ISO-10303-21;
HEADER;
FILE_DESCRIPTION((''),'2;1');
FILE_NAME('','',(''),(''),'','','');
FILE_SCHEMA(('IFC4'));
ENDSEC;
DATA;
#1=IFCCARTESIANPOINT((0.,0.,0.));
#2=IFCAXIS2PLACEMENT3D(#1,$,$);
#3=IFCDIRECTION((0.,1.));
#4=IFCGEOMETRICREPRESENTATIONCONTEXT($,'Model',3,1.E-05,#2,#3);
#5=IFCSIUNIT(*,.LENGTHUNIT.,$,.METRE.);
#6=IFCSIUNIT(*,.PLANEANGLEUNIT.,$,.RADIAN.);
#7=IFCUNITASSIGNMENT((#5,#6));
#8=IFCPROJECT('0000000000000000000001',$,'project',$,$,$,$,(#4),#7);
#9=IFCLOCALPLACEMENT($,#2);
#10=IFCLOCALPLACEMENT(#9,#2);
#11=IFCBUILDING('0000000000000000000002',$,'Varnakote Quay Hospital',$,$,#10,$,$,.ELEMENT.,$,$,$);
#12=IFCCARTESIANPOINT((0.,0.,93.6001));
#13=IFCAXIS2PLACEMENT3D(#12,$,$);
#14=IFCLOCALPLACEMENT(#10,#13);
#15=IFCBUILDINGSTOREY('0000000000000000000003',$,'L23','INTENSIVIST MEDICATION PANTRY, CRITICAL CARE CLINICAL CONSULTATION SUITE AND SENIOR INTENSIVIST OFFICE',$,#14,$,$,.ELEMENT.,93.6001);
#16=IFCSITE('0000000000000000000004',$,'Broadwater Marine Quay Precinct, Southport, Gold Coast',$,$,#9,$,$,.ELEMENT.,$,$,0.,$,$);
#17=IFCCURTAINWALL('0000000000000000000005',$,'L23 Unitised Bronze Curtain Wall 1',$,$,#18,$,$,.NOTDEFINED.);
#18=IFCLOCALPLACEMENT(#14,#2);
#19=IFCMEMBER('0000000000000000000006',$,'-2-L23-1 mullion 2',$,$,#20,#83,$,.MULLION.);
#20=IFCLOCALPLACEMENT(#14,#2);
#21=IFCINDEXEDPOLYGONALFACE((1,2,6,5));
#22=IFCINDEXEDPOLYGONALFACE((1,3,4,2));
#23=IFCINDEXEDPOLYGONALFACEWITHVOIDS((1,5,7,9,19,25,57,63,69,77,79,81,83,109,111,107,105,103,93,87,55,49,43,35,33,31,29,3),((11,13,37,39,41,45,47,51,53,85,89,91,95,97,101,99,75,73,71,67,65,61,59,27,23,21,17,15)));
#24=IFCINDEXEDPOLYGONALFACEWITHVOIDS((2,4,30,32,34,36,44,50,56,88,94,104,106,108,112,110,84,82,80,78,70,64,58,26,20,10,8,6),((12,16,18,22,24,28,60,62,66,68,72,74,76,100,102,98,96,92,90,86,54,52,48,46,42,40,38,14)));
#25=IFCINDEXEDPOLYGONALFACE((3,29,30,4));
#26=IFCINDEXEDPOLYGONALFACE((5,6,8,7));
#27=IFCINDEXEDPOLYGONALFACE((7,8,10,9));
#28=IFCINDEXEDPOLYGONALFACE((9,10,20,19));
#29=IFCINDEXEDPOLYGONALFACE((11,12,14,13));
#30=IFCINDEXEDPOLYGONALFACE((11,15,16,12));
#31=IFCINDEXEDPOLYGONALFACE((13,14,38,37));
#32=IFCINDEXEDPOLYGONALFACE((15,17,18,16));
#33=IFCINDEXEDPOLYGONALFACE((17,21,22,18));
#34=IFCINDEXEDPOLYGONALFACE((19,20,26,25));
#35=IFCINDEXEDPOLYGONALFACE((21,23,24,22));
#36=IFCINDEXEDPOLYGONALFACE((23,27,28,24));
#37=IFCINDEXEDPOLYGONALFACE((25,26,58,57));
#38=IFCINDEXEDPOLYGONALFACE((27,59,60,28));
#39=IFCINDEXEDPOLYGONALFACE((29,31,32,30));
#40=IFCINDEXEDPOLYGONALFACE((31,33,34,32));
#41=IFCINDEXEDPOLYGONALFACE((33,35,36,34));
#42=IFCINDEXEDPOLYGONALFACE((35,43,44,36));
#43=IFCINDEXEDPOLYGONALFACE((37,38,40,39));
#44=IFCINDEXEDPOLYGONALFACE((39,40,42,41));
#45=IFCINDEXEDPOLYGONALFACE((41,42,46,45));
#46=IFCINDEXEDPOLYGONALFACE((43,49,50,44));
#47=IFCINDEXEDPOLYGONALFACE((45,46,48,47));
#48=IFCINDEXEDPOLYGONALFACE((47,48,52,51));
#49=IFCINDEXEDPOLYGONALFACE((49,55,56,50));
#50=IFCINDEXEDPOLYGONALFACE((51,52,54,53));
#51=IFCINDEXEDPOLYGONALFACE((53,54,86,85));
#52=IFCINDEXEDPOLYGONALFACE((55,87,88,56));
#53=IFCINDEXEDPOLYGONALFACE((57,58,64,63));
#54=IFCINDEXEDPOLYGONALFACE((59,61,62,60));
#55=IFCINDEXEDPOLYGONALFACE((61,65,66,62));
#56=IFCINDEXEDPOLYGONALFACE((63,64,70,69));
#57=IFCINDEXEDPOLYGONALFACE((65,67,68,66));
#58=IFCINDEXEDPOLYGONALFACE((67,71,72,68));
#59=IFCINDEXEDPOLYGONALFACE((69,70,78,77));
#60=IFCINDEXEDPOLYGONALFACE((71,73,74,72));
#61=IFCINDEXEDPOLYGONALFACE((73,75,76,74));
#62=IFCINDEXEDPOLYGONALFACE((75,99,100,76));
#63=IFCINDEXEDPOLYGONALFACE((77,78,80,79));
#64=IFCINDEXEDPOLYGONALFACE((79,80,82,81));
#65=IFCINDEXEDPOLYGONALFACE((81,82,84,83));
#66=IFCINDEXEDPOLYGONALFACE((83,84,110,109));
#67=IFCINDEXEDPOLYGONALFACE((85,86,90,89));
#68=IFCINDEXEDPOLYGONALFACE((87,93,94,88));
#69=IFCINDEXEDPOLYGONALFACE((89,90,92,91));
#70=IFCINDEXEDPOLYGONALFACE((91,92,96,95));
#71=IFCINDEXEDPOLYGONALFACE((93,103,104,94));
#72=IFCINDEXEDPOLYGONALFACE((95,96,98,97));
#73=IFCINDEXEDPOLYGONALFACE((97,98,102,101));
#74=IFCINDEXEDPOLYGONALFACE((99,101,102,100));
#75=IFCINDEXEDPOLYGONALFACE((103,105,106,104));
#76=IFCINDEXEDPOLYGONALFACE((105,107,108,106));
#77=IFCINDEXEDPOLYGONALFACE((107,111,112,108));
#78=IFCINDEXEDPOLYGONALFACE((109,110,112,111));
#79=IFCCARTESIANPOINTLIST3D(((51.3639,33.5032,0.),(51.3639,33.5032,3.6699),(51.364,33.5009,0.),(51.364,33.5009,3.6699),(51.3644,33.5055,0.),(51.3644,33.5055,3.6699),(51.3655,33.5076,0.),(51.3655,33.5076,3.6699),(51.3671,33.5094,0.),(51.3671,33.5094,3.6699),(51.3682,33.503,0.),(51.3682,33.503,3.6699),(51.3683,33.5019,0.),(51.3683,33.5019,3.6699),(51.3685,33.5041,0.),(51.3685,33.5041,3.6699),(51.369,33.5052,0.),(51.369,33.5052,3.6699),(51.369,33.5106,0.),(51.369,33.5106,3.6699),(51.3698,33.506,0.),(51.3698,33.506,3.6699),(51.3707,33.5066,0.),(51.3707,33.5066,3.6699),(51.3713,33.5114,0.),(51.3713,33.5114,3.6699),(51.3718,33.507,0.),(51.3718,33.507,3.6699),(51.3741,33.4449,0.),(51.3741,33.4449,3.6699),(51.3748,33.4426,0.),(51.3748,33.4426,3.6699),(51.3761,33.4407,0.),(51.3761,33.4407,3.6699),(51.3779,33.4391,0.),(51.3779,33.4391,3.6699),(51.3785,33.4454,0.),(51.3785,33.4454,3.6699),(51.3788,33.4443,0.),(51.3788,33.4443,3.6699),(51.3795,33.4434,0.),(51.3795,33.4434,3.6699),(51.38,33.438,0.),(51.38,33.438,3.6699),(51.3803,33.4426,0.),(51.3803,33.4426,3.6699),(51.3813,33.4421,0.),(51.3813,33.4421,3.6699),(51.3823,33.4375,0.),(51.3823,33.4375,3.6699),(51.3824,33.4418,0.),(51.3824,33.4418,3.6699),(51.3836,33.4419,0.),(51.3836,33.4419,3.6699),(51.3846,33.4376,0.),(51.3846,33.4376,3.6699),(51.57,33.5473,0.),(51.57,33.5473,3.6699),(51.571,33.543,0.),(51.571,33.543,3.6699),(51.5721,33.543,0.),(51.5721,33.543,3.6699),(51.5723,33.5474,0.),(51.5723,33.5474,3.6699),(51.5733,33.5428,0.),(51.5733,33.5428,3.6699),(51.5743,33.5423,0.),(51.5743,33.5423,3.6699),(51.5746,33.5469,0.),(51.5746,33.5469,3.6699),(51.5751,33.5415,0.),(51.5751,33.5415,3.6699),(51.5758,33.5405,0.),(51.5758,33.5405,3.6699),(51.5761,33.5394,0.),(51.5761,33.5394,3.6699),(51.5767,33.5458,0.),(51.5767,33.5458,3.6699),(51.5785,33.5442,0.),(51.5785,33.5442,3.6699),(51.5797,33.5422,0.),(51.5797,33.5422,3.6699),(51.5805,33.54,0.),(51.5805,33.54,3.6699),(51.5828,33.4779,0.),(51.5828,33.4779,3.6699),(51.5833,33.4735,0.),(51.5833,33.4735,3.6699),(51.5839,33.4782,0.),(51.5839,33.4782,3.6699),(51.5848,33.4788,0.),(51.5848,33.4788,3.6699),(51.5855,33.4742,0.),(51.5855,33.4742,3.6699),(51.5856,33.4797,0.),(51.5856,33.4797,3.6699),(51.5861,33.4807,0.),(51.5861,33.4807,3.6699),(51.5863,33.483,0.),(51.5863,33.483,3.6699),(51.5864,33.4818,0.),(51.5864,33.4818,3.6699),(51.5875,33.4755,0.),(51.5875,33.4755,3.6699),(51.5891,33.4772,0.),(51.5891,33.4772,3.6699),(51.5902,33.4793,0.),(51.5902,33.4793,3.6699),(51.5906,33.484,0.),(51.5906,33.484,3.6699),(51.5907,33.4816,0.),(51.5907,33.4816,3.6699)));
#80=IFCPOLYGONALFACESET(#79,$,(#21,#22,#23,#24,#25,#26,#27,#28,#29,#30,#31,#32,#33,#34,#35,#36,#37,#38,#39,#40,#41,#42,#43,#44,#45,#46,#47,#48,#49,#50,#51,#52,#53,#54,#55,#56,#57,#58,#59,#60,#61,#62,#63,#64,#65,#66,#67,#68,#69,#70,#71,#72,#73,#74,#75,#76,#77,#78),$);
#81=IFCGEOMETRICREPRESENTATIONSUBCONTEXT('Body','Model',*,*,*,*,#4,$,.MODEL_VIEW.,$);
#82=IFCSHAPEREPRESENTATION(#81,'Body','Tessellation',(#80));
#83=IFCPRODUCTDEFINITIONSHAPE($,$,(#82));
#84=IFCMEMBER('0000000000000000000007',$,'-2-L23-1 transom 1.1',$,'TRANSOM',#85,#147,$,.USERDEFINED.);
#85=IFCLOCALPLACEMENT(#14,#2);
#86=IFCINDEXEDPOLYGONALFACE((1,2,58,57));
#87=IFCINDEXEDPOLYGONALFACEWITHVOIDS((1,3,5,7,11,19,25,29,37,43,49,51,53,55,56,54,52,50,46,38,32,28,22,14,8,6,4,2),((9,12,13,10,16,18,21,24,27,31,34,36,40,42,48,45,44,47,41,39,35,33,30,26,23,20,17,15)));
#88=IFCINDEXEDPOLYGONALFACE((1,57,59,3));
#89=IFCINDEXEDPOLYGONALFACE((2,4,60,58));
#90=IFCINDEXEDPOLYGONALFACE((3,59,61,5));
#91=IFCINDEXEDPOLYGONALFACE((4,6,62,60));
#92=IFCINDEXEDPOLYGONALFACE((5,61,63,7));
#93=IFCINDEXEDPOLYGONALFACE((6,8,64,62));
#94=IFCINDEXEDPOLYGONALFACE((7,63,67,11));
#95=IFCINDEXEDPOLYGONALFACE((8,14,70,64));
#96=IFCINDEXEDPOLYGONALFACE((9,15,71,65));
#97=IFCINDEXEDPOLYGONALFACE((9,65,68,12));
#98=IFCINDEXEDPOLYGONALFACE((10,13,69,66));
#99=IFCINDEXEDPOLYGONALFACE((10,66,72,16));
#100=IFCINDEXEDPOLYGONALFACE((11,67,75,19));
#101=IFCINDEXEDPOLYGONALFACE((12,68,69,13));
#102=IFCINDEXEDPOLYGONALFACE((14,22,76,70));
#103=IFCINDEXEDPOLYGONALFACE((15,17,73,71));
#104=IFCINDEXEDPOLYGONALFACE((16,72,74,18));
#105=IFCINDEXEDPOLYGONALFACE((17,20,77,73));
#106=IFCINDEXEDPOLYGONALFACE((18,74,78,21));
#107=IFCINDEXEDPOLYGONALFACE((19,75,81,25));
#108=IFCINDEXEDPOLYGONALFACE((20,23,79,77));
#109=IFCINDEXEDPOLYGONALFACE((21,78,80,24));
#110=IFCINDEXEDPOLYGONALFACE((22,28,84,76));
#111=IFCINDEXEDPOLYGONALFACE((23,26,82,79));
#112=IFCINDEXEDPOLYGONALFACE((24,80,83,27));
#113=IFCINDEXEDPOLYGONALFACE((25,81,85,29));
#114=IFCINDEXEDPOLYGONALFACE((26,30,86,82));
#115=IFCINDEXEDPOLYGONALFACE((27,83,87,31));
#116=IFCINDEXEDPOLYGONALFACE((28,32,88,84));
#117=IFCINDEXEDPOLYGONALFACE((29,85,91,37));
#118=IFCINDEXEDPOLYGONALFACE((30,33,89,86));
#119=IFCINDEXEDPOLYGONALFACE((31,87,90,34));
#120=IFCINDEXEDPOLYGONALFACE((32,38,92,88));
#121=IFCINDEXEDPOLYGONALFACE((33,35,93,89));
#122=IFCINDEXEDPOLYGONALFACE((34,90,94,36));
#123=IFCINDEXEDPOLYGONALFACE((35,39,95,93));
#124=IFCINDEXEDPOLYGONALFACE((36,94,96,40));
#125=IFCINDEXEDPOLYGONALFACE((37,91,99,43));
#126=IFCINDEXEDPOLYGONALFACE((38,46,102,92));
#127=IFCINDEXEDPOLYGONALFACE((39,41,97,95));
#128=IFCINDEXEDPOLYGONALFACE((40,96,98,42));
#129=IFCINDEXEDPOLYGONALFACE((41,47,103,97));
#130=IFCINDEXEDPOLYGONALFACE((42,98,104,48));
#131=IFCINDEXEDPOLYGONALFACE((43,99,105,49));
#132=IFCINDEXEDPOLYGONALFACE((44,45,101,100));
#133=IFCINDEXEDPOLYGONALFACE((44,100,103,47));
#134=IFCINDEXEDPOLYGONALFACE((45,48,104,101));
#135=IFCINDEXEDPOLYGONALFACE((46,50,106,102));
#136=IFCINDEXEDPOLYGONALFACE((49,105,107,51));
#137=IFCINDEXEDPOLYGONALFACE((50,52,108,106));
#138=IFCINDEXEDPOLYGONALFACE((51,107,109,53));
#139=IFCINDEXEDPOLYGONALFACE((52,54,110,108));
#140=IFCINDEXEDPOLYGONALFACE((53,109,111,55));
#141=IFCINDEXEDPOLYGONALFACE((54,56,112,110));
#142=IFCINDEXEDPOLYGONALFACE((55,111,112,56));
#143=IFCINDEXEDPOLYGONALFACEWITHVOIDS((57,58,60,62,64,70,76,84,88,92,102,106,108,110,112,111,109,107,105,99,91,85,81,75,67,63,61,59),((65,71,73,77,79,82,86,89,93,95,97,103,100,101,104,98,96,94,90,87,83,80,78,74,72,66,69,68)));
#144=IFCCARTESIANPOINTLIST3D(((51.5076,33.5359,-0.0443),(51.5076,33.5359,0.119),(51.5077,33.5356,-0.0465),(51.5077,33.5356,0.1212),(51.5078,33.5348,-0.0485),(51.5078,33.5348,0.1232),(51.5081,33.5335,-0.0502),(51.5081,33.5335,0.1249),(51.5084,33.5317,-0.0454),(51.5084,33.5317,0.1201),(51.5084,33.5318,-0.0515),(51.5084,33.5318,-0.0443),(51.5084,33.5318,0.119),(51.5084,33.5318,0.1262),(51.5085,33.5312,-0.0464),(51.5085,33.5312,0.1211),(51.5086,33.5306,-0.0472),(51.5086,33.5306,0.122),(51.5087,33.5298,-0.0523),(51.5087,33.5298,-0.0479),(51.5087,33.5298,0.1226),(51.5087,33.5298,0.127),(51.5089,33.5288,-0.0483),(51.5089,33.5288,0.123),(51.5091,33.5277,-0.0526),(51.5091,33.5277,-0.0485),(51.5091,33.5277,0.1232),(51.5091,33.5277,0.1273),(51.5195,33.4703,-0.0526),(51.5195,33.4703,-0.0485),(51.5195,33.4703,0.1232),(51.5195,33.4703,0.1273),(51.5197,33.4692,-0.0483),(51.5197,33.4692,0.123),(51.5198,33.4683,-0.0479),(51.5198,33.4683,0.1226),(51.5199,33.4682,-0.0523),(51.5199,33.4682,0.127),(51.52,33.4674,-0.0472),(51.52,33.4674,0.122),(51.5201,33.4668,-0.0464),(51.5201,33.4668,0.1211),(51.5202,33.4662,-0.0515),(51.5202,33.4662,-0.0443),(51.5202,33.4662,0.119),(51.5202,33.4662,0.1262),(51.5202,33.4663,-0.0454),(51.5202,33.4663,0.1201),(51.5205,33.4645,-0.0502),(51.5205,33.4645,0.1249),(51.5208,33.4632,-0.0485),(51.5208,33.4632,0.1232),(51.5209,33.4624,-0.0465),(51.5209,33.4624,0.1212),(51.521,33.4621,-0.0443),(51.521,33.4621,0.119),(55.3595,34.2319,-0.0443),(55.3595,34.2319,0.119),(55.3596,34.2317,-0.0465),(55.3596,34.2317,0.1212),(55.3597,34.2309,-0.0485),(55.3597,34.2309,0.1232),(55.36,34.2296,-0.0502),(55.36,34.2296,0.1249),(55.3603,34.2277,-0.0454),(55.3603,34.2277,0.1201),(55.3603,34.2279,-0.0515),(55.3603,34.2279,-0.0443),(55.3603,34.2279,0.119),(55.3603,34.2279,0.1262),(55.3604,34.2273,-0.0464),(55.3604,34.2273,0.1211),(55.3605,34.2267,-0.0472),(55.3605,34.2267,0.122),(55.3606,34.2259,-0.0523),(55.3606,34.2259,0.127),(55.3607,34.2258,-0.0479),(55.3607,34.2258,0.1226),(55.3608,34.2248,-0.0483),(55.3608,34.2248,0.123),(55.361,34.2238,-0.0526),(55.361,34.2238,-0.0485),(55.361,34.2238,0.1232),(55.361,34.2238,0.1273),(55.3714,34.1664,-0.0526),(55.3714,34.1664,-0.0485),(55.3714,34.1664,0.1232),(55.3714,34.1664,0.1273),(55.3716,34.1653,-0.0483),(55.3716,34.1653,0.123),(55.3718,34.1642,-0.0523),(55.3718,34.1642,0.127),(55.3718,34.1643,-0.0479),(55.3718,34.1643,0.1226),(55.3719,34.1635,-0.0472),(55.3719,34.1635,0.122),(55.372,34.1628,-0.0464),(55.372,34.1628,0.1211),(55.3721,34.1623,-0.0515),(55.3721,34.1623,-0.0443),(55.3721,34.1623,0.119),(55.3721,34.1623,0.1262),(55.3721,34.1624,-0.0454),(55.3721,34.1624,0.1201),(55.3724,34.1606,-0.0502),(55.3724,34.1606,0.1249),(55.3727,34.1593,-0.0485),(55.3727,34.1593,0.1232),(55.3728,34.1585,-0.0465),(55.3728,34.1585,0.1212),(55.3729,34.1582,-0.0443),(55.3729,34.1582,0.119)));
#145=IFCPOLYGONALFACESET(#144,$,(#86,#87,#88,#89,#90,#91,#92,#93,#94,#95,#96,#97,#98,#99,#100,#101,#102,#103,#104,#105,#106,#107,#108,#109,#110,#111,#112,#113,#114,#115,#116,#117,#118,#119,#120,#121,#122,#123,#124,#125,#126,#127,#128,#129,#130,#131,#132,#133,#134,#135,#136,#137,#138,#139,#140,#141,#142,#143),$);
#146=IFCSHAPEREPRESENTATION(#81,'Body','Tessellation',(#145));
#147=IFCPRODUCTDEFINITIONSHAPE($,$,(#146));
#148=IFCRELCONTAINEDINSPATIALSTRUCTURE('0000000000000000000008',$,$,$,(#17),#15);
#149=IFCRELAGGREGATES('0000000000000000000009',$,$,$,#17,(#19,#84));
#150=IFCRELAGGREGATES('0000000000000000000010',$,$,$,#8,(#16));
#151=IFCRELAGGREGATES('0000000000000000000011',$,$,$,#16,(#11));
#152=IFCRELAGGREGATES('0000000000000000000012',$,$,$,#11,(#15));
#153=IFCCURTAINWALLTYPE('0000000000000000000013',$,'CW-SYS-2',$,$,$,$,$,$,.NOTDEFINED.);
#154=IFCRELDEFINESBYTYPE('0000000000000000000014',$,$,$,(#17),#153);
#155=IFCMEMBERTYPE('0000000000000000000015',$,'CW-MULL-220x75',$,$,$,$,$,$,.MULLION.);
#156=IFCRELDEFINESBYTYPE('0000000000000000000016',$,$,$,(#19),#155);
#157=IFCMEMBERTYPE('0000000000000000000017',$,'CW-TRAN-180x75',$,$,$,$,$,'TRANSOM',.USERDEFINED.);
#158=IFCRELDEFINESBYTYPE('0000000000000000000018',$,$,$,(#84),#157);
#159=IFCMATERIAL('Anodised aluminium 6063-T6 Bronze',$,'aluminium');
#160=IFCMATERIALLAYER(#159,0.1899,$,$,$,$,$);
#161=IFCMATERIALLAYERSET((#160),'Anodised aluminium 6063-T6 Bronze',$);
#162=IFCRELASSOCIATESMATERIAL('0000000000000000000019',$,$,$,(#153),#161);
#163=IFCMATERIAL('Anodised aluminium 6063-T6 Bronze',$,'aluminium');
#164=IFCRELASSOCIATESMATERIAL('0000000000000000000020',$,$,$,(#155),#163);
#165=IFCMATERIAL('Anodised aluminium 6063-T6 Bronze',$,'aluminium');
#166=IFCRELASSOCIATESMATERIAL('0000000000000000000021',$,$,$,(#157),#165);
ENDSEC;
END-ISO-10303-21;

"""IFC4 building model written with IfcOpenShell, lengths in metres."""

from ifc_helpers import new_model, si_unit, direction, frame, origin, origin_2d, place, context, subcontext, project, spatial, hollow_rectangle, extrude, material, layer, layer_set, material_profile, profile_set, type_object, element, aggregate, save


model = new_model("IFC4")

# Units and contexts
model_context = context("Model", 3, precision=1e-05, world=origin(), true_north=direction((0.0, 1.0)))
body_context = subcontext(model_context, "Body", "Model", "MODEL_VIEW")
ifc_project = project(units=[si_unit("LENGTHUNIT", "METRE"), si_unit("PLANEANGLEUNIT", "RADIAN")], contexts=[model_context])

# Site, building, storey
site_placement = place(None, origin())
site = spatial("IfcSite", under=ifc_project, at=site_placement, Name="Broadwater Marine Quay Precinct, Southport, Gold Coast", CompositionType="ELEMENT", RefElevation=0.0)
building_placement = place(site_placement, origin())
building = spatial("IfcBuilding", under=site, at=building_placement, Name="Varnakote Quay Hospital", CompositionType="ELEMENT")
storey_placement = place(building_placement, frame((0.0, 0.0, 93.6001)))
storey = spatial("IfcBuildingStorey", under=building, at=storey_placement, Name="L23", Description="INTENSIVIST MEDICATION PANTRY, CRITICAL CARE CLINICAL CONSULTATION SUITE AND SENIOR INTENSIVIST OFFICE", CompositionType="ELEMENT", Elevation=93.6001)

# Curtain wall, members
ifc_material_1 = material(Name="Anodised aluminium 6063-T6 Bronze", Category="aluminium")
ifc_layer_1 = layer(ifc_material_1, 0.1899)
ifc_layer_set_1 = layer_set([ifc_layer_1], Name="Anodised aluminium 6063-T6 Bronze")
curtain_wall_type = type_object("IfcCurtainWallType", Name="CW-SYS-2", PredefinedType="NOTDEFINED", material=ifc_layer_set_1)
curtain_wall_placement = place(storey_placement, origin())
curtain_wall = element("IfcCurtainWall", 1, at=curtain_wall_placement, inside=storey, type_object=curtain_wall_type, Name="L23 Unitised Bronze Curtain Wall 1", PredefinedType="NOTDEFINED")
ifc_material_2 = material(Name="Anodised aluminium 6063-T6 Bronze", Category="aluminium")
ifc_material_profile_1 = material_profile(ifc_material_2, hollow_rectangle(XDim=0.075, YDim=0.22, WallThickness=0.0044, InnerFilletRadius=0.0044, OuterFilletRadius=0.009, at=origin_2d()), Name="CW-MULL-220x75")
ifc_profile_set_1 = profile_set([ifc_material_profile_1], Name="Anodised aluminium 6063-T6 Bronze")
member_type_1 = type_object("IfcMemberType", Name="CW-MULL-220x75", PredefinedType="MULLION", material=ifc_profile_set_1)
member_1_placement = place(storey_placement, frame((51.4773, 33.4924, 0.0), z_axis=(0.0, 0.0, 1.0), x_axis=(0.177846, -0.984058, 0.0)))
member_1 = element("IfcMember", 2, at=member_1_placement, type_object=member_type_1, Name="-2-L23-1 mullion 2", PredefinedType="MULLION", context=body_context, shape_type="SweptSolid", body=[
    extrude(hollow_rectangle(XDim=0.075, YDim=0.22, WallThickness=0.0044, InnerFilletRadius=0.0044, OuterFilletRadius=0.009, at=origin_2d()), origin(), (0.0, 0.0, 1.0), 3.6699),
])
ifc_material_3 = material(Name="Anodised aluminium 6063-T6 Bronze", Category="aluminium")
ifc_material_profile_2 = material_profile(ifc_material_3, hollow_rectangle(XDim=0.075, YDim=0.1799, WallThickness=0.0042, InnerFilletRadius=0.0042, OuterFilletRadius=0.0083, at=origin_2d()), Name="CW-TRAN-180x75")
ifc_profile_set_2 = profile_set([ifc_material_profile_2], Name="Anodised aluminium 6063-T6 Bronze")
member_type_2 = type_object("IfcMemberType", Name="CW-TRAN-180x75", ElementType="TRANSOM", PredefinedType="USERDEFINED", material=ifc_profile_set_2)
member_2_placement = place(storey_placement, frame((55.3662, 34.1951, 0.0374), z_axis=(-0.984062, -0.177826, 0.0), x_axis=(0.177826, -0.984062, 0.0)))
member_2 = element("IfcMember", 3, at=member_2_placement, type_object=member_type_2, Name="-2-L23-1 transom 1.1", ObjectType="TRANSOM", PredefinedType="USERDEFINED", context=body_context, shape_type="SweptSolid", body=[
    extrude(hollow_rectangle(XDim=0.075, YDim=0.1799, WallThickness=0.0042, InnerFilletRadius=0.0042, OuterFilletRadius=0.0083, at=origin_2d()), origin(), (0.0, 0.0, 1.0), 3.9143),
])
aggregate(curtain_wall, [member_1, member_2])

save(model, "model.ifc")
